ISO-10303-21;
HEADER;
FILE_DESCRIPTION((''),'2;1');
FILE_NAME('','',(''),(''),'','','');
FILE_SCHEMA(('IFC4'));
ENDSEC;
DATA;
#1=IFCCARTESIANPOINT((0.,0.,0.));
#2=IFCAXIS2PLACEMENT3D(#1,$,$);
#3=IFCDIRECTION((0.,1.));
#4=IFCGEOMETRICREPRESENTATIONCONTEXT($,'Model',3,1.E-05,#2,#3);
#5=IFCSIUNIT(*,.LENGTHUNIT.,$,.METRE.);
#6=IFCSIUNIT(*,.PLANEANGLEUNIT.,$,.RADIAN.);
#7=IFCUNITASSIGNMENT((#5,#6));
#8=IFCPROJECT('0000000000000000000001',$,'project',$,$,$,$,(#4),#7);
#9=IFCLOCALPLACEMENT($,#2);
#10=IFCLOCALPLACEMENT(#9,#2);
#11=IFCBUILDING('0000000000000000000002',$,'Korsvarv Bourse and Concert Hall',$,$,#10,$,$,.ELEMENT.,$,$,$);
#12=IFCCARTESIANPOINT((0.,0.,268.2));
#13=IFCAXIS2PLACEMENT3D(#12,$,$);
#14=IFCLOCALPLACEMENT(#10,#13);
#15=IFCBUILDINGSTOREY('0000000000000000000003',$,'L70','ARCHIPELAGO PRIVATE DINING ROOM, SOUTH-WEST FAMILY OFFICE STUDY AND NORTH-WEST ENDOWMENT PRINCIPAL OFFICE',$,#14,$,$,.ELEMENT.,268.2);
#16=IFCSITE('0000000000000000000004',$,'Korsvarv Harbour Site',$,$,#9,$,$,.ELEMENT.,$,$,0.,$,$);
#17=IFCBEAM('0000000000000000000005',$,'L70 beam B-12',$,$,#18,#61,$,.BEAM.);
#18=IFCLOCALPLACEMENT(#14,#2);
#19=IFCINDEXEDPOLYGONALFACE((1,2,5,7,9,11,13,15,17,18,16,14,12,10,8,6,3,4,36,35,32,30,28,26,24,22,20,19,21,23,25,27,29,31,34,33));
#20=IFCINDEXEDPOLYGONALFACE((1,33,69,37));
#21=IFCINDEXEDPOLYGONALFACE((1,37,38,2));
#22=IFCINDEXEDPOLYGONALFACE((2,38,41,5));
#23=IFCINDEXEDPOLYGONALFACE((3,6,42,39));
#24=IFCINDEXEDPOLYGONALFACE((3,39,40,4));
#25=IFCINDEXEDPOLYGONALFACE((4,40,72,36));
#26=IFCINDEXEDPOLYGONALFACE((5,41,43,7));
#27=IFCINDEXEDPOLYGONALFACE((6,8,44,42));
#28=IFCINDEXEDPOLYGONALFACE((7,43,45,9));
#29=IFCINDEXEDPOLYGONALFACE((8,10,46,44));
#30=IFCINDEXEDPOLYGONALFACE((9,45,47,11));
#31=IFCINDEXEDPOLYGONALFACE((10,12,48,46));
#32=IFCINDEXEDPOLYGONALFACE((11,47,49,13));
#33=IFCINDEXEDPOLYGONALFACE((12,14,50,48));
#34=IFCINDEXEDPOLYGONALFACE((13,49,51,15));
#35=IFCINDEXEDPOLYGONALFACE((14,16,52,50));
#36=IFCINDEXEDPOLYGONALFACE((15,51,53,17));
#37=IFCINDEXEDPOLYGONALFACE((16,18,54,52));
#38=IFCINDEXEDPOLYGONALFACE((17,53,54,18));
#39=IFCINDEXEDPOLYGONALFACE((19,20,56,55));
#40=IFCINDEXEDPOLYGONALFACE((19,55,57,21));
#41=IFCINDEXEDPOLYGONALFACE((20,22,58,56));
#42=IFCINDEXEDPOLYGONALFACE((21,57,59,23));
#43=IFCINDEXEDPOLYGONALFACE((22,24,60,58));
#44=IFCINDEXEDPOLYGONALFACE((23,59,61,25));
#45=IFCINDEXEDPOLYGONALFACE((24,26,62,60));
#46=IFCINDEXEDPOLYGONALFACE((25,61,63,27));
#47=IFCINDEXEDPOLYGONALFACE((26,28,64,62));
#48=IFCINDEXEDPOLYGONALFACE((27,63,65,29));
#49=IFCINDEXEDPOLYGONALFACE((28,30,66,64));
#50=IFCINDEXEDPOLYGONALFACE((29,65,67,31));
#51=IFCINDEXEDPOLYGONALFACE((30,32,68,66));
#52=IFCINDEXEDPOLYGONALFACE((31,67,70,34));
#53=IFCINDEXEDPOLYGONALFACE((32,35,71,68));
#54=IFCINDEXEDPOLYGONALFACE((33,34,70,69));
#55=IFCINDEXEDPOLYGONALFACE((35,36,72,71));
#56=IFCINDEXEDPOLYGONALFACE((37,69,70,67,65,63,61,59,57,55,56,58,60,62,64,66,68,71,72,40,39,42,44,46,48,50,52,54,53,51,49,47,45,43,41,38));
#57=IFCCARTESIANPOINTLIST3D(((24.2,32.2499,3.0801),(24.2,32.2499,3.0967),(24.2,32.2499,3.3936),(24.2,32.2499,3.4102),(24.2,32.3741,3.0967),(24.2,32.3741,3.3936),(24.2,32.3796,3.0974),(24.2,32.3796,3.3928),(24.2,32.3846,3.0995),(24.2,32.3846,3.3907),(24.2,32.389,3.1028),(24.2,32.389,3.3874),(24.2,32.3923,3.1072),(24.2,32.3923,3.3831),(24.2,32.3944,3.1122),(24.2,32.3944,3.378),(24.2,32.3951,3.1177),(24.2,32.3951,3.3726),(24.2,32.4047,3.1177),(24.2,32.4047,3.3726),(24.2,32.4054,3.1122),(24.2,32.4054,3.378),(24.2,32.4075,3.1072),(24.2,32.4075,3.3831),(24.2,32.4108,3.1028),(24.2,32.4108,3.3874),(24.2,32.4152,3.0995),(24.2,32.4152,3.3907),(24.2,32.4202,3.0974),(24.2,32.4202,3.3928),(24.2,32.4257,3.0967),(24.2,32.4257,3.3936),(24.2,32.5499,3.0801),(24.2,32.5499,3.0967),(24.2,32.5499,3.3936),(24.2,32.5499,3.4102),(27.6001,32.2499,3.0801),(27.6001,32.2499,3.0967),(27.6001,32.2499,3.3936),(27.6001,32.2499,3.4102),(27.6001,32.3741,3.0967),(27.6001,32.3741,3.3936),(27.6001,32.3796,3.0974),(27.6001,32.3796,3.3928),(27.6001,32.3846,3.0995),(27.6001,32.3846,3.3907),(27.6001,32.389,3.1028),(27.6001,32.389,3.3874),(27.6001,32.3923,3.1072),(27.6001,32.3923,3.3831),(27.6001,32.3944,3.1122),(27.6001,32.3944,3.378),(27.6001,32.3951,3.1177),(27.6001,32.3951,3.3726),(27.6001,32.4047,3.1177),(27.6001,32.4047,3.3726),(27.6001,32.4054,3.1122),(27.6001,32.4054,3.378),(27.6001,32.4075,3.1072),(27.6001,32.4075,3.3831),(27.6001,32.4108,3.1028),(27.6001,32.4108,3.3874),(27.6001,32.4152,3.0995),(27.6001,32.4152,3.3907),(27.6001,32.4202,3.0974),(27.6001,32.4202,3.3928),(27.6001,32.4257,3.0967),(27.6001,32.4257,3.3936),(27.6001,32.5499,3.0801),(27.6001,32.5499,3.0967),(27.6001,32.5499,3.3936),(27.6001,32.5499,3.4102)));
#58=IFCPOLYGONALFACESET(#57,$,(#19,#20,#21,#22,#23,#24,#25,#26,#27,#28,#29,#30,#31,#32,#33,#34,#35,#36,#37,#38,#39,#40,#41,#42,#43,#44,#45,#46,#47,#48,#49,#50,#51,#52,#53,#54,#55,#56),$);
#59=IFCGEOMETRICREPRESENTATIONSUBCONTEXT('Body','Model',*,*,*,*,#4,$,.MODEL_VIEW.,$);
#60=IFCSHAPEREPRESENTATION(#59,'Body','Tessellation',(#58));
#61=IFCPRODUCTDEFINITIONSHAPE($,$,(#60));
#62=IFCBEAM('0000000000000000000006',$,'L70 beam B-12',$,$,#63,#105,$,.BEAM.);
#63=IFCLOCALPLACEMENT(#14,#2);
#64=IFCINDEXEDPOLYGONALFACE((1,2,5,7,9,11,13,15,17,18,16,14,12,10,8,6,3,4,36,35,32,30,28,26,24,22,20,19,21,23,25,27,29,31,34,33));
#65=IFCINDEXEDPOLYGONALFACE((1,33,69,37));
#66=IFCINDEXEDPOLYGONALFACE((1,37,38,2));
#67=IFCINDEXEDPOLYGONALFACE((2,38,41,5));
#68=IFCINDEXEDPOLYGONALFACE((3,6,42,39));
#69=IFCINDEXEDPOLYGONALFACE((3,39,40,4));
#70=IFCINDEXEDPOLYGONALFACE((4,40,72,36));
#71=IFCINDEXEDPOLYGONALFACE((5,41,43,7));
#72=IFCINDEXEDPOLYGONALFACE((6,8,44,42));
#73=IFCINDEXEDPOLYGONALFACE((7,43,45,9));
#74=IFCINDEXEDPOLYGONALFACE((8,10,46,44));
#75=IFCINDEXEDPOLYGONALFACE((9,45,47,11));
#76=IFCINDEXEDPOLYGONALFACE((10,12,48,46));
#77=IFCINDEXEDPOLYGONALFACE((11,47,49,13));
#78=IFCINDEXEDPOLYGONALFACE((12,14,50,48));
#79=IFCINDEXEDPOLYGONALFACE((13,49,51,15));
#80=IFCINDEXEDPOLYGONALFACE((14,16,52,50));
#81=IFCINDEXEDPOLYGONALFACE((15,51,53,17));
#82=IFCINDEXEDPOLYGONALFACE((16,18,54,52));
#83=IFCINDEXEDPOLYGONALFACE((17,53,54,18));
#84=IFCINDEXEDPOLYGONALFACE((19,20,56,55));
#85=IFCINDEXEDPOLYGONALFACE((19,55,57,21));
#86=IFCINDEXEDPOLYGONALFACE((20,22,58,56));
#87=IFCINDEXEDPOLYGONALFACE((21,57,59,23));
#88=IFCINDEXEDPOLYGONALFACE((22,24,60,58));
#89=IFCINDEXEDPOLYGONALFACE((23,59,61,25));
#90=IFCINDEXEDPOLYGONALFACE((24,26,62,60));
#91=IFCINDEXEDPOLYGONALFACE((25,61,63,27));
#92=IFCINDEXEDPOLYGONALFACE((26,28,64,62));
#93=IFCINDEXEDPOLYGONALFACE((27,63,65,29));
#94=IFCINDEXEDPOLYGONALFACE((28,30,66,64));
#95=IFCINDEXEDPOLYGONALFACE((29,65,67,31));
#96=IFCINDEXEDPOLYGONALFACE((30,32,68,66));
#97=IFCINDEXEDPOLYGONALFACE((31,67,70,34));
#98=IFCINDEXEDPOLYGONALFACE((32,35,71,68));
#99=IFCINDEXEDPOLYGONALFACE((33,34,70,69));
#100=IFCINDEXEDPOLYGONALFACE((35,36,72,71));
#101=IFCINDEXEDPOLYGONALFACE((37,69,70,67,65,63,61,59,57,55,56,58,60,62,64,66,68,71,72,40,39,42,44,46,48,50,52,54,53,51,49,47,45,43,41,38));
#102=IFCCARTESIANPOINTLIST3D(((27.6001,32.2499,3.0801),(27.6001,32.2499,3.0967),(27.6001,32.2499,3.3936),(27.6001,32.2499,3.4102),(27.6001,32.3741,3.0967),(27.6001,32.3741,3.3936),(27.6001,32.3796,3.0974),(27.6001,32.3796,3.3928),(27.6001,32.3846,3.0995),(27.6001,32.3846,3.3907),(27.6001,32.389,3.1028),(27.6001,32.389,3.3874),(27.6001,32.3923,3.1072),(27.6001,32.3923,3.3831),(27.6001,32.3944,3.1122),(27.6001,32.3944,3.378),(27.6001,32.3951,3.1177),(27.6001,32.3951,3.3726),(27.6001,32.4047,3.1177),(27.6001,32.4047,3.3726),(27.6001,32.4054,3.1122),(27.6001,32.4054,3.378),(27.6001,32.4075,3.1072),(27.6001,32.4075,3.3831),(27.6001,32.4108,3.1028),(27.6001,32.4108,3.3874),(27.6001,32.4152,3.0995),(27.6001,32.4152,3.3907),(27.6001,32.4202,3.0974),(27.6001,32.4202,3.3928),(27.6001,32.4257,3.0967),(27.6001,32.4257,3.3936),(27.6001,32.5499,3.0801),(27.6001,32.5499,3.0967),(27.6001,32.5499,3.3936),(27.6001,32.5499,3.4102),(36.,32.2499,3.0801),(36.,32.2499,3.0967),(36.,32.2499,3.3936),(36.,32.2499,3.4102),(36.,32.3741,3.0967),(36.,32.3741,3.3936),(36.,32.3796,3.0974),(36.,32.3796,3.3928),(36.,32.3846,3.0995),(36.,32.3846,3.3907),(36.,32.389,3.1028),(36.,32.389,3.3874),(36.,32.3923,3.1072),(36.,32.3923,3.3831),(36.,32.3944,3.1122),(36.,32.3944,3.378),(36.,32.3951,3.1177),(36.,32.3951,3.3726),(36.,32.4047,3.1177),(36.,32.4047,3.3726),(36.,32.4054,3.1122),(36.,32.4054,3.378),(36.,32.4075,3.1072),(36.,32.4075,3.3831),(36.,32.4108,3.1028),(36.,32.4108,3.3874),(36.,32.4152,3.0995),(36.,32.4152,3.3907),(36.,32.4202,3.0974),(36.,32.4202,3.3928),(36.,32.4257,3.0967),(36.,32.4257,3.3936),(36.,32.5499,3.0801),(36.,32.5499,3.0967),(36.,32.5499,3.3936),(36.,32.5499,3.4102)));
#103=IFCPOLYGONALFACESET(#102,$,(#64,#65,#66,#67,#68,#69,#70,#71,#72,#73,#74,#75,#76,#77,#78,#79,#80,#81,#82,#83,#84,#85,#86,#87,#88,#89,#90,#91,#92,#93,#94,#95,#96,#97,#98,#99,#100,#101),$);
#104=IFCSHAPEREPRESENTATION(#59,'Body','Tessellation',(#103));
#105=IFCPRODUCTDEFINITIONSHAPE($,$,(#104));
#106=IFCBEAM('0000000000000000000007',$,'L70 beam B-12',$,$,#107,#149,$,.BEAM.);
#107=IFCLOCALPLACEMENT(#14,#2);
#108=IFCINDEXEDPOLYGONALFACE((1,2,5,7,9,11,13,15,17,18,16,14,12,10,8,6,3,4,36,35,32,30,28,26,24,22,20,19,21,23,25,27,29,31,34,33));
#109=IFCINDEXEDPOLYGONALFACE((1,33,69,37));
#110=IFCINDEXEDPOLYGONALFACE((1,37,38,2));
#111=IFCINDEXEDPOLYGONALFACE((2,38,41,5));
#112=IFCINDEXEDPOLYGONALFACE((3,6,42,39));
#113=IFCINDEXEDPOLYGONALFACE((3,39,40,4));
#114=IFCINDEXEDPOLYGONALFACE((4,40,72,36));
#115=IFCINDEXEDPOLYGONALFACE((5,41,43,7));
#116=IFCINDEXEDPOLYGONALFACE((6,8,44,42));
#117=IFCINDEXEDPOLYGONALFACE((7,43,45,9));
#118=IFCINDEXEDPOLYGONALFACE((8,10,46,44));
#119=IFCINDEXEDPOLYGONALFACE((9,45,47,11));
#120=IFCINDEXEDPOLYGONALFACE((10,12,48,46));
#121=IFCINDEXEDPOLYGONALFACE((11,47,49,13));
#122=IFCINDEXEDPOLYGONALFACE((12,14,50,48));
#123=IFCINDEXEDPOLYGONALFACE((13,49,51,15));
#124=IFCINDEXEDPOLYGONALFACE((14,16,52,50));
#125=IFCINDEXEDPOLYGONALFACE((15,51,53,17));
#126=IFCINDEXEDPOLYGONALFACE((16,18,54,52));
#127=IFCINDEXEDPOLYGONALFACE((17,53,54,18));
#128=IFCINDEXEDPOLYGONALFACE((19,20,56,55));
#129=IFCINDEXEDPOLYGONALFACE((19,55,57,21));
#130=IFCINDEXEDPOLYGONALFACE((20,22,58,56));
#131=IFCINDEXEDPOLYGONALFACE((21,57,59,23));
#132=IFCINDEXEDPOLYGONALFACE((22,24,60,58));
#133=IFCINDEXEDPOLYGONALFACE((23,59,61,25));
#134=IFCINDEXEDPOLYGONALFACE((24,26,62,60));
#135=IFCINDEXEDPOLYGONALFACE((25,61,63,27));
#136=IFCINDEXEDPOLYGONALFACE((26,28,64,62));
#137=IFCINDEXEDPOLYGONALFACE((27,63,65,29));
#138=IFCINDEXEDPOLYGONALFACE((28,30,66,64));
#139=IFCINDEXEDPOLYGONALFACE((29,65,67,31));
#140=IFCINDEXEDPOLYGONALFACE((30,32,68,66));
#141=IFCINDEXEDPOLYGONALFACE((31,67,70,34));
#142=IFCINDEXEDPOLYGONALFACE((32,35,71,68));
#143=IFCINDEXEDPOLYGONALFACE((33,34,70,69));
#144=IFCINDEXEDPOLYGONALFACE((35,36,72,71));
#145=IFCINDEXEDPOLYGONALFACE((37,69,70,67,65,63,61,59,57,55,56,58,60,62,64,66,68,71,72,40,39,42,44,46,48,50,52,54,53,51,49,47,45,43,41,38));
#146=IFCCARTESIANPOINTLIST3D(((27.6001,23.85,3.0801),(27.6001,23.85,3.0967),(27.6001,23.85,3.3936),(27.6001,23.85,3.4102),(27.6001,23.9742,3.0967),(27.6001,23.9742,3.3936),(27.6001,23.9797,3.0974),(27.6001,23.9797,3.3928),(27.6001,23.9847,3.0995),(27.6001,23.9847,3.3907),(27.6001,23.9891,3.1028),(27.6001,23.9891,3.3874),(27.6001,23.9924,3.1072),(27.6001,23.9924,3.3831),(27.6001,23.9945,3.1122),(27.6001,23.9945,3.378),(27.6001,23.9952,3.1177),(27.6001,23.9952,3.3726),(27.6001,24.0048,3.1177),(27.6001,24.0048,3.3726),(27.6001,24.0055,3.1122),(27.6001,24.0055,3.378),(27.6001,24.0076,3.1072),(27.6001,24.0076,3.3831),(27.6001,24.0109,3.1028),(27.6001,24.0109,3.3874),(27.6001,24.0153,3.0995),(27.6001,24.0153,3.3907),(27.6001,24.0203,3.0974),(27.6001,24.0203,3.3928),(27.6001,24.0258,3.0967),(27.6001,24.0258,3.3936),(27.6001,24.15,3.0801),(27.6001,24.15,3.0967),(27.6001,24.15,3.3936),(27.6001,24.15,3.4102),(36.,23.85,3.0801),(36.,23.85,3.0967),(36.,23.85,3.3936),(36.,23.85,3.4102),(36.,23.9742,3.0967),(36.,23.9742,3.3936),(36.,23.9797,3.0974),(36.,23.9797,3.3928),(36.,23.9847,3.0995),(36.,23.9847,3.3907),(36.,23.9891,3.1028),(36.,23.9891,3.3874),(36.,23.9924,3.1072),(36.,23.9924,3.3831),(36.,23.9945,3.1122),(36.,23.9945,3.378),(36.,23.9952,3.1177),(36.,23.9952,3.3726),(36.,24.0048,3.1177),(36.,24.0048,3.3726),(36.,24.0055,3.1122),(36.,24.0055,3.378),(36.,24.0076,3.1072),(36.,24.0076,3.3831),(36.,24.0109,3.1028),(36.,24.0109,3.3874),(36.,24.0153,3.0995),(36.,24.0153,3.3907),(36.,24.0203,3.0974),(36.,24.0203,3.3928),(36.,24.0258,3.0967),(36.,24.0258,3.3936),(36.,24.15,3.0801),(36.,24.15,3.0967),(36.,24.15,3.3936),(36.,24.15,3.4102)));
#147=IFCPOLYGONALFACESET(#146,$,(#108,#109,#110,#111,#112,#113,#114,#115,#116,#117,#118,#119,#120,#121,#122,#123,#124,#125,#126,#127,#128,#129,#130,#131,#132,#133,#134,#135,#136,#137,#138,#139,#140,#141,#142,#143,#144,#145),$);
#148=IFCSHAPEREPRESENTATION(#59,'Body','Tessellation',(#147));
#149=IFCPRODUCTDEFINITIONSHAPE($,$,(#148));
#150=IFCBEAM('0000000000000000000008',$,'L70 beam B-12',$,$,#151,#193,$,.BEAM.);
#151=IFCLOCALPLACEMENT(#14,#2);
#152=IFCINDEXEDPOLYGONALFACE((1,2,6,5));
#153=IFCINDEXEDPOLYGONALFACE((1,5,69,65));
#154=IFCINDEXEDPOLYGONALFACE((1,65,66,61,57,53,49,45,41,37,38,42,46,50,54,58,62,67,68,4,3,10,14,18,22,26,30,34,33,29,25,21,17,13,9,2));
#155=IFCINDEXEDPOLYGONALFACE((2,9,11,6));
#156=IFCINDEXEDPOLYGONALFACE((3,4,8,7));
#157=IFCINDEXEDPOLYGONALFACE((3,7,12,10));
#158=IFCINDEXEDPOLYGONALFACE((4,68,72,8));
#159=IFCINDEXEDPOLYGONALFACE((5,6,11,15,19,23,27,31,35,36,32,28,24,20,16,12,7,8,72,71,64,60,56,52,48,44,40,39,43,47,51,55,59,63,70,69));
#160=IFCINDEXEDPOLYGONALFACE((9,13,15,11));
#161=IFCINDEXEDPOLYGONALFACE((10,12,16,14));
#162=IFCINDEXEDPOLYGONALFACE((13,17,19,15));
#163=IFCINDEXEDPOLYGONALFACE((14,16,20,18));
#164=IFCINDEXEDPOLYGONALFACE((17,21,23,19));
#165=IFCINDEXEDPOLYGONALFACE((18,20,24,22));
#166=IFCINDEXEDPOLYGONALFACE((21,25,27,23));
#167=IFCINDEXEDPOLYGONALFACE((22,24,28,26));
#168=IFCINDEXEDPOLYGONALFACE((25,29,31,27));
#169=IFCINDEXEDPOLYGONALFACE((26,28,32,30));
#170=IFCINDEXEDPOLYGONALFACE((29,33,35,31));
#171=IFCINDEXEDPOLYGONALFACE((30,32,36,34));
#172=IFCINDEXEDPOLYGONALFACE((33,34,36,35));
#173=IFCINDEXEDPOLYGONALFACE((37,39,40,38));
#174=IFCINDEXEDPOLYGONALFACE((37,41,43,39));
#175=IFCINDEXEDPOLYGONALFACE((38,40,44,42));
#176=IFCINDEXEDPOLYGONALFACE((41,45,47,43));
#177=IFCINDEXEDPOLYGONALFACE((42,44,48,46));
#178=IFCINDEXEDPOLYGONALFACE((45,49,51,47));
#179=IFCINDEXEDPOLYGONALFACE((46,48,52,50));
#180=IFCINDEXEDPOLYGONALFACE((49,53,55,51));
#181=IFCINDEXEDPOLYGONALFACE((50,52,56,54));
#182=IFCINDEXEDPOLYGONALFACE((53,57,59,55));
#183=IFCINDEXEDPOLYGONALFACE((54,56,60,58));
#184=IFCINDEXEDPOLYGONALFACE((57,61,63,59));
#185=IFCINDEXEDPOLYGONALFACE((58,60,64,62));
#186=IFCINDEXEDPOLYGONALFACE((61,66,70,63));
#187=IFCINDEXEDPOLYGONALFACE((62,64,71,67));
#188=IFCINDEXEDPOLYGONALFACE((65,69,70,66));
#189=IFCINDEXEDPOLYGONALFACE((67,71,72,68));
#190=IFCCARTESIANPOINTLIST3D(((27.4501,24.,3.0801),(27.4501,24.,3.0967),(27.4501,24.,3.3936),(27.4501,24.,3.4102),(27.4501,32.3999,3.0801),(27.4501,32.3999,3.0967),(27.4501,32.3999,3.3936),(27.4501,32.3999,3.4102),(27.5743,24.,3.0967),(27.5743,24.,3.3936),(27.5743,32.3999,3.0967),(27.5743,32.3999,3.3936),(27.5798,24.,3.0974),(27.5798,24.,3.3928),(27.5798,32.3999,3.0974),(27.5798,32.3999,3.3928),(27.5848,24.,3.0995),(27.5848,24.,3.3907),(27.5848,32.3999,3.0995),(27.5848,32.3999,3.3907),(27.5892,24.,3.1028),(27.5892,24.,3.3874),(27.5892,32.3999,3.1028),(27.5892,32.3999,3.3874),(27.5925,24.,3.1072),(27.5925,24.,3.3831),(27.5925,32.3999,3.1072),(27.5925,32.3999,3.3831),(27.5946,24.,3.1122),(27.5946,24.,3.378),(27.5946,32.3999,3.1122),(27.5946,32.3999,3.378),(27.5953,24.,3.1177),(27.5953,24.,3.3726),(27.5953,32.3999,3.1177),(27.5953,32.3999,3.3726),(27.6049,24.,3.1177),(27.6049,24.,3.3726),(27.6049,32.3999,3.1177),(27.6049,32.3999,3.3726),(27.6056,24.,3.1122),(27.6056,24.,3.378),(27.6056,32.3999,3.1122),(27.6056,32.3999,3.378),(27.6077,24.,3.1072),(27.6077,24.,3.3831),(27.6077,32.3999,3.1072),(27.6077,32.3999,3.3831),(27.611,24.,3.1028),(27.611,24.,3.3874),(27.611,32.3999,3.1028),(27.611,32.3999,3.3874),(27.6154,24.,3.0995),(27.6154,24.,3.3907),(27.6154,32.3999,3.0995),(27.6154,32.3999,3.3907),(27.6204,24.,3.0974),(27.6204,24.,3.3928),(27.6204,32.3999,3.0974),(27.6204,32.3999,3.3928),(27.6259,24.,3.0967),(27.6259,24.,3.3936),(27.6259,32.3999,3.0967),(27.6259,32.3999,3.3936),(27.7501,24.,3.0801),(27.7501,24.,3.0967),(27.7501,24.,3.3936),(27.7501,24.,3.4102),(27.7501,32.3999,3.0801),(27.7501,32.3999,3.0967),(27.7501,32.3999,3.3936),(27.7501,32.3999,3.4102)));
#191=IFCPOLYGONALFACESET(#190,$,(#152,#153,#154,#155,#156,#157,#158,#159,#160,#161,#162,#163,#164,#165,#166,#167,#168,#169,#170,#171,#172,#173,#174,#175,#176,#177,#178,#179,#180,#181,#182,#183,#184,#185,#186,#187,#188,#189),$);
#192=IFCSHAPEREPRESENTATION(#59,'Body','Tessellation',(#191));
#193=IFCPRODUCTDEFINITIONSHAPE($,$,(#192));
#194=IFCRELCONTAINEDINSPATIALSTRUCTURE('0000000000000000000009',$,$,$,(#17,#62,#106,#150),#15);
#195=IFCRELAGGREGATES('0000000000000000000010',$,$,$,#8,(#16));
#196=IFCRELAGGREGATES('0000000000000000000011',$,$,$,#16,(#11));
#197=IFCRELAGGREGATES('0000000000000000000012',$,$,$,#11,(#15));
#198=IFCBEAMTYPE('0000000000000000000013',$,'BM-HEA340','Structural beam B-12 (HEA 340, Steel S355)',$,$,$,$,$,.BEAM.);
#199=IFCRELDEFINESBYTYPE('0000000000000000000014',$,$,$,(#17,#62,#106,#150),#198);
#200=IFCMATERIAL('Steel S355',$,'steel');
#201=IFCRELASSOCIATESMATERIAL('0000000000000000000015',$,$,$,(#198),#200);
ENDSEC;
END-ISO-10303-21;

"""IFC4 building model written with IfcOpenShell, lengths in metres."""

from ifc_helpers import new_model, si_unit, direction, frame, origin, origin_2d, place, context, subcontext, project, spatial, i_section, extrude, source, transform, mapped, material, material_profile, profile_set, type_object, element, save


model = new_model("IFC4")

# Units and contexts
model_context = context("Model", 3, precision=1e-05, world=origin(), true_north=direction((0.0, 1.0)))
body_context = subcontext(model_context, "Body", "Model", "MODEL_VIEW")
ifc_project = project(units=[si_unit("LENGTHUNIT", "METRE"), si_unit("PLANEANGLEUNIT", "RADIAN")], contexts=[model_context])

# Site, building, storey
site_placement = place(None, origin())
site = spatial("IfcSite", under=ifc_project, at=site_placement, Name="Korsvarv Harbour Site", CompositionType="ELEMENT", RefElevation=0.0)
building_placement = place(site_placement, origin())
building = spatial("IfcBuilding", under=site, at=building_placement, Name="Korsvarv Bourse and Concert Hall", CompositionType="ELEMENT")
storey_placement = place(building_placement, frame((0.0, 0.0, 268.2)))
storey = spatial("IfcBuildingStorey", under=building, at=storey_placement, Name="L70", Description="ARCHIPELAGO PRIVATE DINING ROOM, SOUTH-WEST FAMILY OFFICE STUDY AND NORTH-WEST ENDOWMENT PRINCIPAL OFFICE", CompositionType="ELEMENT", Elevation=268.2)

# Shared definitions
ifc_material_1 = material(Name="Steel S355", Category="steel")

# Beams
ifc_material_profile_1 = material_profile(ifc_material_1, i_section(OverallWidth=0.3, OverallDepth=0.3301, WebThickness=0.0095, FlangeThickness=0.0166, FilletRadius=0.021, at=origin_2d()), Name="HEA 340")
ifc_profile_set_1 = profile_set([ifc_material_profile_1], Name="Steel S355")
beam_type_1 = type_object("IfcBeamType", Name="BM-HEA340", Description="Structural beam B-12 (HEA 340, Steel S355)", PredefinedType="BEAM", material=ifc_profile_set_1)
shared_shape_1 = source(origin(), body_context, "Body", "SweptSolid", [
    extrude(i_section(OverallWidth=0.3, OverallDepth=0.3301, WebThickness=0.0095, FlangeThickness=0.0166, FilletRadius=0.021, at=origin_2d()), origin(), (0.0, 0.0, 1.0), 3.4001),
])
beam_1_placement = place(storey_placement, frame((24.2, 32.3999, 3.2451), z_axis=(1.0, 0.0, 0.0), x_axis=(0.0, 1.0, 0.0)))
element("IfcBeam", 1, at=beam_1_placement, inside=storey, type_object=beam_type_1, Name="L70 beam B-12", PredefinedType="BEAM", context=body_context, shape_type="MappedRepresentation", body=[
    mapped(shared_shape_1, transform((0.0, 0.0, 0.0), scale=1.0)),
])
shared_shape_2 = source(origin(), body_context, "Body", "SweptSolid", [
    extrude(i_section(OverallWidth=0.3, OverallDepth=0.3301, WebThickness=0.0095, FlangeThickness=0.0166, FilletRadius=0.021, at=origin_2d()), origin(), (0.0, 0.0, 1.0), 8.3999),
])
for number, where, z_axis, x_axis, name in (
    (2, (27.6001, 32.3999, 3.2451), (1.0, 0.0, 0.0), (0.0, 1.0, 0.0), "L70 beam B-12"),
    (3, (27.6001, 24.0, 3.2451), (1.0, 0.0, 0.0), (0.0, 1.0, 0.0), "L70 beam B-12"),
    (4, (27.6001, 24.0, 3.2451), (0.0, 1.0, 0.0), (-1.0, 0.0, 0.0), "L70 beam B-12"),
):
    element("IfcBeam", number, at=place(storey_placement, frame(where, z_axis=z_axis, x_axis=x_axis)), inside=storey, type_object=beam_type_1, Name=name, PredefinedType="BEAM", context=body_context, shape_type="MappedRepresentation", body=[
        mapped(shared_shape_2, transform((0.0, 0.0, 0.0), scale=1.0)),
    ])

save(model, "model.ifc")
